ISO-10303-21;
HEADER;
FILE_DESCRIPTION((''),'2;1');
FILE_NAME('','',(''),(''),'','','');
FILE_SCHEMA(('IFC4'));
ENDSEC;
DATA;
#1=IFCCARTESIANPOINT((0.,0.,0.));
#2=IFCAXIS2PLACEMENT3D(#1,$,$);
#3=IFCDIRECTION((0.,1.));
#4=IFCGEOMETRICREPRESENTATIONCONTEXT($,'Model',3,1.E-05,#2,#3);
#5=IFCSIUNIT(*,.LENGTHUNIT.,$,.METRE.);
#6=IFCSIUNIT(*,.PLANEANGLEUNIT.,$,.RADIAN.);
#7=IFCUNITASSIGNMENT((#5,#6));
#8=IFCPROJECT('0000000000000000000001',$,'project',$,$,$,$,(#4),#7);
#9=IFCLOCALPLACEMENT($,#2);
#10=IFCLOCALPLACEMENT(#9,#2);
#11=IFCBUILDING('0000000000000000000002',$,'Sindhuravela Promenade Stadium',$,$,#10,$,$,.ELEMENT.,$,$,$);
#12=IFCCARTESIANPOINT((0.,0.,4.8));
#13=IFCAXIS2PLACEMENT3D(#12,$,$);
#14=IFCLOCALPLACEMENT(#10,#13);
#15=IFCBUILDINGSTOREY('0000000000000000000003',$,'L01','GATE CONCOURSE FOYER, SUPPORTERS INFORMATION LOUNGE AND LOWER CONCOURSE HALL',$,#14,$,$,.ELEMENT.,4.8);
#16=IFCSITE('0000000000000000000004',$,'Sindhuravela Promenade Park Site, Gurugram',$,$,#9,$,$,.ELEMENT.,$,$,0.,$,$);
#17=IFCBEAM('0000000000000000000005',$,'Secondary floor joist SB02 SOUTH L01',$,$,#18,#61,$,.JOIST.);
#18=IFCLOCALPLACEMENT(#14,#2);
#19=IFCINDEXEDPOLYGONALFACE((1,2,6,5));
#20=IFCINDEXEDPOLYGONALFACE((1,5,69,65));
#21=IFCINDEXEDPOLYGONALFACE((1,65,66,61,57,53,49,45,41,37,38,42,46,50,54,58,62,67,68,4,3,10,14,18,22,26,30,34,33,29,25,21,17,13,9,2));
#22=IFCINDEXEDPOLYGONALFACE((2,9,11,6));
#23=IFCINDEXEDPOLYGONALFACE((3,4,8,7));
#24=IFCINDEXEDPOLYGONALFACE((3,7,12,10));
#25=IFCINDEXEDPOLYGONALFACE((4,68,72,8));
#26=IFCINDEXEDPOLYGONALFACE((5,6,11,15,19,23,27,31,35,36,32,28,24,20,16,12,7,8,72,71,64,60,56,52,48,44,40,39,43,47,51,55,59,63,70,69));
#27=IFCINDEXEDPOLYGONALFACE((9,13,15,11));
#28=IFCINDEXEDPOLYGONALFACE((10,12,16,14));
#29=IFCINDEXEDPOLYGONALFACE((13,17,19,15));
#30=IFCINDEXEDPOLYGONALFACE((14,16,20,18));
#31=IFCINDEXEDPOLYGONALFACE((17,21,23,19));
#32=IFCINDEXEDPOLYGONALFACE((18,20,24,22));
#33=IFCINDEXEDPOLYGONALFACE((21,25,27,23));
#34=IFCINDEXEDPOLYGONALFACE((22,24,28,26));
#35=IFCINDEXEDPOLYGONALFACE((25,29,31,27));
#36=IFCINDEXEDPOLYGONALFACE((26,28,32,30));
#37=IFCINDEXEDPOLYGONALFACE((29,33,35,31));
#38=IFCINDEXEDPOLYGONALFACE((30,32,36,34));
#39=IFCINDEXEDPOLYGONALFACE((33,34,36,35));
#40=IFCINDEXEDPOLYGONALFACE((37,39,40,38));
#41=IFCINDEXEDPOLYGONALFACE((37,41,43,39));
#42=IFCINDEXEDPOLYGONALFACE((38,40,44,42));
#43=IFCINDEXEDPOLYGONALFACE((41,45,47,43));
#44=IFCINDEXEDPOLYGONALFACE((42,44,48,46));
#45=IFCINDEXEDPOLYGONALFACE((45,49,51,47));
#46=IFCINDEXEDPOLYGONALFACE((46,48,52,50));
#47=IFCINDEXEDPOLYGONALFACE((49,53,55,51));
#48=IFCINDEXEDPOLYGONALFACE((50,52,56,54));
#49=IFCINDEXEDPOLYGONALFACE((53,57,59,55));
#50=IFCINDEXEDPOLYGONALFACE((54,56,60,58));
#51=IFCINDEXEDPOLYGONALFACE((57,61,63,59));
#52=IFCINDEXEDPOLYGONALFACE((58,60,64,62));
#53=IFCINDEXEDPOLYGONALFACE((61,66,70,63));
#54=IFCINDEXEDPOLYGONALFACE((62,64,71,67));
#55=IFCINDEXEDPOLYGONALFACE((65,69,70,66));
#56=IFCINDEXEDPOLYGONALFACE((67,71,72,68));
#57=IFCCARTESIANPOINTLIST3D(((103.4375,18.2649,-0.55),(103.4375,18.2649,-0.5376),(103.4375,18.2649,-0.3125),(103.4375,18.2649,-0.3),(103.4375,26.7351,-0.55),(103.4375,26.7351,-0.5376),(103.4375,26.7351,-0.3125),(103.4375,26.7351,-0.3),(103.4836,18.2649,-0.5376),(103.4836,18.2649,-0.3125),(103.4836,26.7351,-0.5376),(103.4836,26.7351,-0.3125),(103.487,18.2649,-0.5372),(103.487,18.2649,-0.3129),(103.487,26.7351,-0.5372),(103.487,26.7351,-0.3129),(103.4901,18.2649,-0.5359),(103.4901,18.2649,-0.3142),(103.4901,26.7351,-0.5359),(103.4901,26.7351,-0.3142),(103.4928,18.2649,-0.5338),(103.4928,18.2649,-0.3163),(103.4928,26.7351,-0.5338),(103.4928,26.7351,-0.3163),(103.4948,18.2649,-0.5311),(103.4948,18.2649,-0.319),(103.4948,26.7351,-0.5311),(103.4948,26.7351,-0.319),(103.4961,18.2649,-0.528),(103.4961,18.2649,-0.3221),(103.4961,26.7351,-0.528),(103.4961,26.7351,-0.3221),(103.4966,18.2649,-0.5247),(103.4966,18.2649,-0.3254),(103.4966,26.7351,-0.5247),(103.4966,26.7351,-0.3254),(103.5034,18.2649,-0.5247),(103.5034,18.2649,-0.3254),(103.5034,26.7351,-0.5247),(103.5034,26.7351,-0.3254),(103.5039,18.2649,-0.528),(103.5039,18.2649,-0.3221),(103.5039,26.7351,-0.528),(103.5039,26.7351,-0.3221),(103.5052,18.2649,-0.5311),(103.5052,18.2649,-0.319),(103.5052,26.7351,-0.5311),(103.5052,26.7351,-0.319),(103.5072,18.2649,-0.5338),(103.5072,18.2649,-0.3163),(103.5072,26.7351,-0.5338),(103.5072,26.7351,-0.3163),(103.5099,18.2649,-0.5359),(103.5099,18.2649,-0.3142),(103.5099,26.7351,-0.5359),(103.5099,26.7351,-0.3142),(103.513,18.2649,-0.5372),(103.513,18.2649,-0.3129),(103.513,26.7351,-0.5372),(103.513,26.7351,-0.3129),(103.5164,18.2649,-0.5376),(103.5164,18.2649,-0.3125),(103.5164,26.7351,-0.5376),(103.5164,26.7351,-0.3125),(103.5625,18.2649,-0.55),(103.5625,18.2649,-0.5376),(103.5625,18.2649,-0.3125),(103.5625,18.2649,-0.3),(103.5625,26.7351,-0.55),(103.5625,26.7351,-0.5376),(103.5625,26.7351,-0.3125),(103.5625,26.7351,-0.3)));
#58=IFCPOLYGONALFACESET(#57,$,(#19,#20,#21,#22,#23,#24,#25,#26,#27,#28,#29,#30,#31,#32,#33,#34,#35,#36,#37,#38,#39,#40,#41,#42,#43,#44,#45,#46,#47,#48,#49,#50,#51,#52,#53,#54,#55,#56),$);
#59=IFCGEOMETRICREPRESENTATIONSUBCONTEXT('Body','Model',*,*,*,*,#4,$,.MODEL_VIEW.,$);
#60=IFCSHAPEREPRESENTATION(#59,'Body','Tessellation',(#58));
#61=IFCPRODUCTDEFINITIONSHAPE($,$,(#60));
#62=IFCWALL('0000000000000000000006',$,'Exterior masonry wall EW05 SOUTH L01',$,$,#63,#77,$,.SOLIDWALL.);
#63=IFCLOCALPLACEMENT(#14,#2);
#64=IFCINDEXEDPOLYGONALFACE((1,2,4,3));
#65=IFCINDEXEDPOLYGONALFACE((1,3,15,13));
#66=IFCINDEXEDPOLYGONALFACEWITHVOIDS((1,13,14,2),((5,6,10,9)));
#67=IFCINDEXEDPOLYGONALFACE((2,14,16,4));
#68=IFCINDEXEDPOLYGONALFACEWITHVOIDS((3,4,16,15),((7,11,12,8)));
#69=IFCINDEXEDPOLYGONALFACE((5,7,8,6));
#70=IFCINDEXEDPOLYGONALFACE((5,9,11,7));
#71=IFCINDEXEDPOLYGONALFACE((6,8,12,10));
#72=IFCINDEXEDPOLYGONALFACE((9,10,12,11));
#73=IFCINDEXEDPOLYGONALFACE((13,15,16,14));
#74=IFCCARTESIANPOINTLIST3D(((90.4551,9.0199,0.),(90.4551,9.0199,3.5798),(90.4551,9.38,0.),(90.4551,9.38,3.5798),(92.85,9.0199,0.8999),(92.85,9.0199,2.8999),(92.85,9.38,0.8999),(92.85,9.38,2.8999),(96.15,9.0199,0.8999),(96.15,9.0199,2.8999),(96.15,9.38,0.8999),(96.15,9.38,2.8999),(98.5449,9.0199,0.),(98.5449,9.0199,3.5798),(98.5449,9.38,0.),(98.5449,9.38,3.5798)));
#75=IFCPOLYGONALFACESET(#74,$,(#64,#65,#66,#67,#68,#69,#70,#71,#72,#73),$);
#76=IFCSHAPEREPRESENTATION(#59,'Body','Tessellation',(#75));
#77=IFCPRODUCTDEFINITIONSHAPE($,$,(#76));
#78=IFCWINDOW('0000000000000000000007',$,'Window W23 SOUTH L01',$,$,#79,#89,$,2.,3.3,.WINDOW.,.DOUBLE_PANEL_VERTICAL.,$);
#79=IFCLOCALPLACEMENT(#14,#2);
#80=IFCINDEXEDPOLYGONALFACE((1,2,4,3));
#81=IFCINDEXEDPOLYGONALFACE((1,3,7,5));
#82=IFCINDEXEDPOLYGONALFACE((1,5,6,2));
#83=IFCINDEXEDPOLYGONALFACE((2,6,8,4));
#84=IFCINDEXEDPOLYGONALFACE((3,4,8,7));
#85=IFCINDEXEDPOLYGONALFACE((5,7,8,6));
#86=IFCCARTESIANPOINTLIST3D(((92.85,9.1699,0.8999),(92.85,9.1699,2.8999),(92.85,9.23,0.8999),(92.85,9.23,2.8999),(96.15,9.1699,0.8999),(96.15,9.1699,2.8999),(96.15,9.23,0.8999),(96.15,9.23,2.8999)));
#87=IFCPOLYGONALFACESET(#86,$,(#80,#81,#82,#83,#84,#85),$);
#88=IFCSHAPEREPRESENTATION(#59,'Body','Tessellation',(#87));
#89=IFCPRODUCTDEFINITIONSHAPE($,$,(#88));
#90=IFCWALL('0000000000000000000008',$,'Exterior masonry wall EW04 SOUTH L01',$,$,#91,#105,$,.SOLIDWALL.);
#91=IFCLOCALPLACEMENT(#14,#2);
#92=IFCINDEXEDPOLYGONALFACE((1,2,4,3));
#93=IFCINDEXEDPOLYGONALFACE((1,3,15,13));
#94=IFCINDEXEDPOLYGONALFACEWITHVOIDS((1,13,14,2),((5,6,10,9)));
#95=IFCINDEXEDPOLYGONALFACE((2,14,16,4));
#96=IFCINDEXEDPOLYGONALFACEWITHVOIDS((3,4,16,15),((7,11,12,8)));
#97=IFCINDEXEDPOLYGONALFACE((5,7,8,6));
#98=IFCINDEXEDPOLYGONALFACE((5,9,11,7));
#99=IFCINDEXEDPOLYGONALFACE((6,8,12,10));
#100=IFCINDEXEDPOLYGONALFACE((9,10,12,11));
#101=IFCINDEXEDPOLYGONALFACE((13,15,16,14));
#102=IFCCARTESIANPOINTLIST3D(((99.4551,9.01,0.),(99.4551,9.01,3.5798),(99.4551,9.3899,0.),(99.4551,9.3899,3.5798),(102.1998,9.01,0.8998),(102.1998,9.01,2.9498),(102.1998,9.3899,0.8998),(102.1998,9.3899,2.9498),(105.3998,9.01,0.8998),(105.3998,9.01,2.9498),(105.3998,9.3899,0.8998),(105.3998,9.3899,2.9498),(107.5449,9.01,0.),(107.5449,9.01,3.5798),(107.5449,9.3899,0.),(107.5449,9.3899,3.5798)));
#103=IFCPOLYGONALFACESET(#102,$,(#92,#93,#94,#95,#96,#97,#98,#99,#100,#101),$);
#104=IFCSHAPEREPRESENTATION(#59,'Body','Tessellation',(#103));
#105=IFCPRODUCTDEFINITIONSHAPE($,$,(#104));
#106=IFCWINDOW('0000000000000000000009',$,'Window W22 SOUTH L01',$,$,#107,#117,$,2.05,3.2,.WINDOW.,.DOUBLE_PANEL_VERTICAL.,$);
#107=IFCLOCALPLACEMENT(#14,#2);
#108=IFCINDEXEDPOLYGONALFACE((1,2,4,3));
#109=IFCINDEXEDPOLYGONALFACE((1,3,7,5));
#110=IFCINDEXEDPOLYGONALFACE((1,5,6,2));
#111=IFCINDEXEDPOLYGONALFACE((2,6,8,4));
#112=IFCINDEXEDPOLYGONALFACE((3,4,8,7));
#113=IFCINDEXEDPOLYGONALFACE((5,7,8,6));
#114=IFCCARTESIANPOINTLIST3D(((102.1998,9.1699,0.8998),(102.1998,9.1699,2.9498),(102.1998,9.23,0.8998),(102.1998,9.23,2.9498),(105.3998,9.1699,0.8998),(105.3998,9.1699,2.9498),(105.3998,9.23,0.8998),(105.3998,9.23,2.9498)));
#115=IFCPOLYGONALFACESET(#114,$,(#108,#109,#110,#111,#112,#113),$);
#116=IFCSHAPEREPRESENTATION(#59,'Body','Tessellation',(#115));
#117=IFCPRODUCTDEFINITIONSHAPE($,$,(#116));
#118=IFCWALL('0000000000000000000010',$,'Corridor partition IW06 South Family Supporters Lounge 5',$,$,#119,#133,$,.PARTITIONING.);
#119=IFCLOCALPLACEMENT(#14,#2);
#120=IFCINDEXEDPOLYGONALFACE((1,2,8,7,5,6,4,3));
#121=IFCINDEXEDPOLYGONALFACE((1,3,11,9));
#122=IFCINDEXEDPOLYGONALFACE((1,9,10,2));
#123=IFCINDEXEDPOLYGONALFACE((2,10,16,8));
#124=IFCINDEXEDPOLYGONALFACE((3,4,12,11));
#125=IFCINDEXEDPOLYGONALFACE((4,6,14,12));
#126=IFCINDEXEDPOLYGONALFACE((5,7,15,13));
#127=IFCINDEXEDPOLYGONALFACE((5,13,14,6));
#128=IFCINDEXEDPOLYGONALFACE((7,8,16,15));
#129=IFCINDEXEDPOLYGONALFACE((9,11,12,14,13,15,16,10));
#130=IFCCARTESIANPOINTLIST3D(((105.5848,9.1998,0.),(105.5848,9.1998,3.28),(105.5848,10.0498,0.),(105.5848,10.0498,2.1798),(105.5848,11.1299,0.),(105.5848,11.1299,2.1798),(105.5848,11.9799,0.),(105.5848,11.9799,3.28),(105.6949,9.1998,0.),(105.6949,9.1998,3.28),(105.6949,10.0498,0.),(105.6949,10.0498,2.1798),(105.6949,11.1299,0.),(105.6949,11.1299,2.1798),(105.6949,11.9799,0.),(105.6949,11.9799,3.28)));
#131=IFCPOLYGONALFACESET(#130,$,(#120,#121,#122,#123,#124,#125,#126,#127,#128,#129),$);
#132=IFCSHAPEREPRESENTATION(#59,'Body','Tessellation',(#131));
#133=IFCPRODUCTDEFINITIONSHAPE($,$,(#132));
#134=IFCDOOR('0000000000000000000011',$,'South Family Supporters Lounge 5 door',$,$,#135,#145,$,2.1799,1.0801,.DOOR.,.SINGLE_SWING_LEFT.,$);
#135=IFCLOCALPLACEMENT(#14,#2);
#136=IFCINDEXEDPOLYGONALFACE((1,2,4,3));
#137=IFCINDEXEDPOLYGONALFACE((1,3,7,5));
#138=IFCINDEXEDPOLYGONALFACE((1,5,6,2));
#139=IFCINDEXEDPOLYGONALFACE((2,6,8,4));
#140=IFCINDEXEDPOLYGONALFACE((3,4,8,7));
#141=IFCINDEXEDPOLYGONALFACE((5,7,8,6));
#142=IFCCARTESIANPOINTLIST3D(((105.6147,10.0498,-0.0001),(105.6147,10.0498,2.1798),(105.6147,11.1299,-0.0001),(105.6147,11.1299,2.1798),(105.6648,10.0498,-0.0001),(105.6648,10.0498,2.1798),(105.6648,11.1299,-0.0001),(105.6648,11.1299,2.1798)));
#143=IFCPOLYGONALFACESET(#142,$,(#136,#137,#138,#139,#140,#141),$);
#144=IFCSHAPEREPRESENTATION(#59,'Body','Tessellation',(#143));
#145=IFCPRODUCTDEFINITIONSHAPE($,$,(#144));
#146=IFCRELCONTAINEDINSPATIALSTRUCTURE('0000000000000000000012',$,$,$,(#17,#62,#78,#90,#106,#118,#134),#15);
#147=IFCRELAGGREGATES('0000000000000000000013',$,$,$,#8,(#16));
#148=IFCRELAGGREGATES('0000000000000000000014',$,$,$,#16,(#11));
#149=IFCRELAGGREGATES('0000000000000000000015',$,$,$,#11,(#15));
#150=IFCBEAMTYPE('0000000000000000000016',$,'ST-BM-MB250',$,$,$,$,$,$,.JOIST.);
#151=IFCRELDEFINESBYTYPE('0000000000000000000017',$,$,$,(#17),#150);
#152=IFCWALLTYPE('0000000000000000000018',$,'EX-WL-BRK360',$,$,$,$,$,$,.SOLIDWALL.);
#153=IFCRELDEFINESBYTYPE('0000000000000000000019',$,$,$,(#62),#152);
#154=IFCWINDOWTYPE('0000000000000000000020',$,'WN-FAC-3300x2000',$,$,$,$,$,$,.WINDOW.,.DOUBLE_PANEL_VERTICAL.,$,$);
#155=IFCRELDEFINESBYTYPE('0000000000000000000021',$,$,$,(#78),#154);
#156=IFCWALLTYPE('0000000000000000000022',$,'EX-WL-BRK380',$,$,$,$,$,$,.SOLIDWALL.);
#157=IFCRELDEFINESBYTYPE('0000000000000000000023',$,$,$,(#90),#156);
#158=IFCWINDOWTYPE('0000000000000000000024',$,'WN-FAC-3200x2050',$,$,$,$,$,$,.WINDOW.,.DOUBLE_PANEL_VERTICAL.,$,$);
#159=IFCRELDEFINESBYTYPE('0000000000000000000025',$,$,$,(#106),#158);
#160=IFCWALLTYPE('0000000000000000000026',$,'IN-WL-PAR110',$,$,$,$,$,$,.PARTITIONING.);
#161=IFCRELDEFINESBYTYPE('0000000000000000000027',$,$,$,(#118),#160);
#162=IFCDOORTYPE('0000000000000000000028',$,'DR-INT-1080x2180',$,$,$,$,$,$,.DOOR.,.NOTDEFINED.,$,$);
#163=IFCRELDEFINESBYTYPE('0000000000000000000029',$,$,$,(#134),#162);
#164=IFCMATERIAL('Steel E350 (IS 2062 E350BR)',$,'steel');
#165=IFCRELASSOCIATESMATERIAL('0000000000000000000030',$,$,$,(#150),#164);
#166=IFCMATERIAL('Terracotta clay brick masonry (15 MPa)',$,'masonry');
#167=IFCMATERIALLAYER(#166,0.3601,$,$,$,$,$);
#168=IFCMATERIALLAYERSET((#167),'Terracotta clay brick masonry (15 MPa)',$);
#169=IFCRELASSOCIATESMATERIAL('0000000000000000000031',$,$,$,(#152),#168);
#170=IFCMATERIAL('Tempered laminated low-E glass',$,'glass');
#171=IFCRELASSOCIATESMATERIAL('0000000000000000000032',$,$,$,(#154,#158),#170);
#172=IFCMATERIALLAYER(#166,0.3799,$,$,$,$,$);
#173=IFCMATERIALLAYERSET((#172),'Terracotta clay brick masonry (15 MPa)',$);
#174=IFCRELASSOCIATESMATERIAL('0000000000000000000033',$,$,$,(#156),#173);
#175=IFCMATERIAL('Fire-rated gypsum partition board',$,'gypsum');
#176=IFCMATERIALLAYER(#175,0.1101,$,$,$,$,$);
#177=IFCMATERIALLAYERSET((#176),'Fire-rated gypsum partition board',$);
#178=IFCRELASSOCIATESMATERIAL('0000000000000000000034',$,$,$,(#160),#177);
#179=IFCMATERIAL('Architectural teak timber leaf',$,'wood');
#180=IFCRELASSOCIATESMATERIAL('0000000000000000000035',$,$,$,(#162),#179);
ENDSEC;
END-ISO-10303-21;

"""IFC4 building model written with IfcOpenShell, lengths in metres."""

from ifc_helpers import new_model, si_unit, direction, frame, frame_2d, origin, origin_2d, place, context, subcontext, project, spatial, rectangle, i_section, extrude, material, layer, layer_set, material_profile, profile_set, type_object, element, fill, save


model = new_model("IFC4")

# Units and contexts
model_context = context("Model", 3, precision=1e-05, world=origin(), true_north=direction((0.0, 1.0)))
body_context = subcontext(model_context, "Body", "Model", "MODEL_VIEW")
ifc_project = project(units=[si_unit("LENGTHUNIT", "METRE"), si_unit("PLANEANGLEUNIT", "RADIAN")], contexts=[model_context])

# Site, building, storey
site_placement = place(None, origin())
site = spatial("IfcSite", under=ifc_project, at=site_placement, Name="Sindhuravela Promenade Park Site, Gurugram", CompositionType="ELEMENT", RefElevation=0.0)
building_placement = place(site_placement, origin())
building = spatial("IfcBuilding", under=site, at=building_placement, Name="Sindhuravela Promenade Stadium", CompositionType="ELEMENT")
storey_placement = place(building_placement, frame((0.0, 0.0, 4.8)))
storey = spatial("IfcBuildingStorey", under=building, at=storey_placement, Name="L01", Description="GATE CONCOURSE FOYER, SUPPORTERS INFORMATION LOUNGE AND LOWER CONCOURSE HALL", CompositionType="ELEMENT", Elevation=4.8)

# Beam
ifc_material_1 = material(Name="Steel E350 (IS 2062 E350BR)", Category="steel")
ifc_material_profile_1 = material_profile(ifc_material_1, i_section(OverallWidth=0.125, OverallDepth=0.25, WebThickness=0.0068, FlangeThickness=0.0125, FilletRadius=0.0129, at=origin_2d()), Name="ISMB 250")
ifc_profile_set_1 = profile_set([ifc_material_profile_1], Name="Steel E350 (IS 2062 E350BR)")
beam_type_1 = type_object("IfcBeamType", Name="ST-BM-MB250", PredefinedType="JOIST", material=ifc_profile_set_1)
beam_1_placement = place(storey_placement, frame((103.5, 18.2649, -0.425), z_axis=(0.0, 1.0, 0.0), x_axis=(-1.0, 0.0, 0.0)))
element("IfcBeam", 1, at=beam_1_placement, inside=storey, type_object=beam_type_1, Name="Secondary floor joist SB02 SOUTH L01", PredefinedType="JOIST", context=body_context, shape_type="SweptSolid", body=[
    extrude(i_section(OverallWidth=0.125, OverallDepth=0.25, WebThickness=0.0068, FlangeThickness=0.0125, FilletRadius=0.0129, at=origin_2d()), origin(), (0.0, 0.0, 1.0), 8.4702),
])

# Walls, openings, windows
ifc_material_2 = material(Name="Terracotta clay brick masonry (15 MPa)", Category="masonry")
ifc_layer_1 = layer(ifc_material_2, 0.3601)
ifc_layer_set_1 = layer_set([ifc_layer_1], Name="Terracotta clay brick masonry (15 MPa)")
wall_type_1 = type_object("IfcWallType", Name="EX-WL-BRK360", PredefinedType="SOLIDWALL", material=ifc_layer_set_1)
wall_1_placement = place(storey_placement, frame((98.5449, 9.2, 0.0), z_axis=(0.0, 0.0, 1.0), x_axis=(-1.0, 0.0, 0.0)))
wall_1 = element("IfcWall", 2, at=wall_1_placement, inside=storey, type_object=wall_type_1, Name="Exterior masonry wall EW05 SOUTH L01", PredefinedType="SOLIDWALL", context=body_context, shape_type="SweptSolid", body=[
    extrude(rectangle(XDim=8.0898, YDim=0.3601, at=frame_2d((4.0449, 0.0))), origin(), (0.0, 0.0, 1.0), 3.5798),
])
opening_1_placement = place(wall_1_placement, frame((2.395, 0.0, 0.8999)))
opening_1 = element("IfcOpeningElement", 3, at=opening_1_placement, cuts=wall_1, PredefinedType="OPENING", context=body_context, shape_type="SweptSolid", body=[
    extrude(rectangle(XDim=3.3, YDim=2.0, at=frame_2d((1.6499, 1.0))), frame((0.0, 0.1899, 0.0), z_axis=(0.0, -1.0, 0.0), x_axis=(1.0, 0.0, 0.0)), (0.0, 0.0, 1.0), 0.3801),
])
ifc_material_3 = material(Name="Tempered laminated low-E glass", Category="glass")
window_type_1 = type_object("IfcWindowType", Name="WN-FAC-3300x2000", PartitioningType="DOUBLE_PANEL_VERTICAL", PredefinedType="WINDOW", material=ifc_material_3)
window_1_placement = place(opening_1_placement, origin())
window_1 = element("IfcWindow", 4, at=window_1_placement, inside=storey, type_object=window_type_1, Name="Window W23 SOUTH L01", OverallHeight=2.0, OverallWidth=3.3, PartitioningType="DOUBLE_PANEL_VERTICAL", PredefinedType="WINDOW", context=body_context, shape_type="SweptSolid", body=[
    extrude(rectangle(XDim=3.3, YDim=2.0, at=frame_2d((1.6499, 1.0))), frame((0.0, 0.03, 0.0), z_axis=(0.0, -1.0, 0.0), x_axis=(1.0, 0.0, 0.0)), (0.0, 0.0, 1.0), 0.0601),
])
fill(opening_1, window_1)
ifc_layer_2 = layer(ifc_material_2, 0.3799)
ifc_layer_set_2 = layer_set([ifc_layer_2], Name="Terracotta clay brick masonry (15 MPa)")
wall_type_2 = type_object("IfcWallType", Name="EX-WL-BRK380", PredefinedType="SOLIDWALL", material=ifc_layer_set_2)
wall_2_placement = place(storey_placement, frame((107.5449, 9.2, 0.0), z_axis=(0.0, 0.0, 1.0), x_axis=(-1.0, 0.0, 0.0)))
wall_2 = element("IfcWall", 5, at=wall_2_placement, inside=storey, type_object=wall_type_2, Name="Exterior masonry wall EW04 SOUTH L01", PredefinedType="SOLIDWALL", context=body_context, shape_type="SweptSolid", body=[
    extrude(rectangle(XDim=8.0898, YDim=0.3799, at=frame_2d((4.0449, 0.0))), origin(), (0.0, 0.0, 1.0), 3.5798),
])
opening_2_placement = place(wall_2_placement, frame((2.145, 0.0, 0.8999)))
opening_2 = element("IfcOpeningElement", 6, at=opening_2_placement, cuts=wall_2, PredefinedType="OPENING", context=body_context, shape_type="SweptSolid", body=[
    extrude(rectangle(XDim=3.2, YDim=2.05, at=frame_2d((1.6001, 1.0249))), frame((0.0, 0.2, 0.0), z_axis=(0.0, -1.0, 0.0), x_axis=(1.0, 0.0, 0.0)), (0.0, 0.0, 1.0), 0.3999),
])
window_type_2 = type_object("IfcWindowType", Name="WN-FAC-3200x2050", PartitioningType="DOUBLE_PANEL_VERTICAL", PredefinedType="WINDOW", material=ifc_material_3)
window_2_placement = place(opening_2_placement, origin())
window_2 = element("IfcWindow", 7, at=window_2_placement, inside=storey, type_object=window_type_2, Name="Window W22 SOUTH L01", OverallHeight=2.05, OverallWidth=3.2, PartitioningType="DOUBLE_PANEL_VERTICAL", PredefinedType="WINDOW", context=body_context, shape_type="SweptSolid", body=[
    extrude(rectangle(XDim=3.2, YDim=2.05, at=frame_2d((1.6001, 1.0249))), frame((0.0, 0.03, 0.0), z_axis=(0.0, -1.0, 0.0), x_axis=(1.0, 0.0, 0.0)), (0.0, 0.0, 1.0), 0.0601),
])
fill(opening_2, window_2)

# Wall, opening, door
ifc_material_4 = material(Name="Fire-rated gypsum partition board", Category="gypsum")
ifc_layer_3 = layer(ifc_material_4, 0.1101)
ifc_layer_set_3 = layer_set([ifc_layer_3], Name="Fire-rated gypsum partition board")
wall_type_3 = type_object("IfcWallType", Name="IN-WL-PAR110", PredefinedType="PARTITIONING", material=ifc_layer_set_3)
wall_3_placement = place(storey_placement, frame((105.6399, 11.98, 0.0), z_axis=(0.0, 0.0, 1.0), x_axis=(0.0, -1.0, 0.0)))
wall_3 = element("IfcWall", 8, at=wall_3_placement, inside=storey, type_object=wall_type_3, Name="Corridor partition IW06 South Family Supporters Lounge 5", PredefinedType="PARTITIONING", context=body_context, shape_type="SweptSolid", body=[
    extrude(rectangle(XDim=2.78, YDim=0.1101, at=frame_2d((1.3901, 0.0))), origin(), (0.0, 0.0, 1.0), 3.28),
])
opening_3_placement = place(wall_3_placement, frame((0.8501, 0.0, 0.0)))
opening_3 = element("IfcOpeningElement", 9, at=opening_3_placement, cuts=wall_3, PredefinedType="OPENING", context=body_context, shape_type="SweptSolid", body=[
    extrude(rectangle(XDim=1.0801, YDim=2.1799, at=frame_2d((0.54, 1.0898))), frame((0.0, 0.0649, 0.0), z_axis=(0.0, -1.0, 0.0), x_axis=(1.0, 0.0, 0.0)), (0.0, 0.0, 1.0), 0.1301),
])
ifc_material_5 = material(Name="Architectural teak timber leaf", Category="wood")
door_type_1 = type_object("IfcDoorType", Name="DR-INT-1080x2180", OperationType="NOTDEFINED", PredefinedType="DOOR", material=ifc_material_5)
door_1_placement = place(opening_3_placement, origin())
door_1 = element("IfcDoor", 10, at=door_1_placement, inside=storey, type_object=door_type_1, Name="South Family Supporters Lounge 5 door", OperationType="SINGLE_SWING_LEFT", OverallHeight=2.1799, OverallWidth=1.0801, PredefinedType="DOOR", context=body_context, shape_type="SweptSolid", body=[
    extrude(rectangle(XDim=1.0801, YDim=2.1799, at=frame_2d((0.54, 1.0898))), frame((0.0, 0.0249, 0.0), z_axis=(0.0, -1.0, 0.0), x_axis=(1.0, 0.0, 0.0)), (0.0, 0.0, 1.0), 0.05),
])
fill(opening_3, door_1)

save(model, "model.ifc")
